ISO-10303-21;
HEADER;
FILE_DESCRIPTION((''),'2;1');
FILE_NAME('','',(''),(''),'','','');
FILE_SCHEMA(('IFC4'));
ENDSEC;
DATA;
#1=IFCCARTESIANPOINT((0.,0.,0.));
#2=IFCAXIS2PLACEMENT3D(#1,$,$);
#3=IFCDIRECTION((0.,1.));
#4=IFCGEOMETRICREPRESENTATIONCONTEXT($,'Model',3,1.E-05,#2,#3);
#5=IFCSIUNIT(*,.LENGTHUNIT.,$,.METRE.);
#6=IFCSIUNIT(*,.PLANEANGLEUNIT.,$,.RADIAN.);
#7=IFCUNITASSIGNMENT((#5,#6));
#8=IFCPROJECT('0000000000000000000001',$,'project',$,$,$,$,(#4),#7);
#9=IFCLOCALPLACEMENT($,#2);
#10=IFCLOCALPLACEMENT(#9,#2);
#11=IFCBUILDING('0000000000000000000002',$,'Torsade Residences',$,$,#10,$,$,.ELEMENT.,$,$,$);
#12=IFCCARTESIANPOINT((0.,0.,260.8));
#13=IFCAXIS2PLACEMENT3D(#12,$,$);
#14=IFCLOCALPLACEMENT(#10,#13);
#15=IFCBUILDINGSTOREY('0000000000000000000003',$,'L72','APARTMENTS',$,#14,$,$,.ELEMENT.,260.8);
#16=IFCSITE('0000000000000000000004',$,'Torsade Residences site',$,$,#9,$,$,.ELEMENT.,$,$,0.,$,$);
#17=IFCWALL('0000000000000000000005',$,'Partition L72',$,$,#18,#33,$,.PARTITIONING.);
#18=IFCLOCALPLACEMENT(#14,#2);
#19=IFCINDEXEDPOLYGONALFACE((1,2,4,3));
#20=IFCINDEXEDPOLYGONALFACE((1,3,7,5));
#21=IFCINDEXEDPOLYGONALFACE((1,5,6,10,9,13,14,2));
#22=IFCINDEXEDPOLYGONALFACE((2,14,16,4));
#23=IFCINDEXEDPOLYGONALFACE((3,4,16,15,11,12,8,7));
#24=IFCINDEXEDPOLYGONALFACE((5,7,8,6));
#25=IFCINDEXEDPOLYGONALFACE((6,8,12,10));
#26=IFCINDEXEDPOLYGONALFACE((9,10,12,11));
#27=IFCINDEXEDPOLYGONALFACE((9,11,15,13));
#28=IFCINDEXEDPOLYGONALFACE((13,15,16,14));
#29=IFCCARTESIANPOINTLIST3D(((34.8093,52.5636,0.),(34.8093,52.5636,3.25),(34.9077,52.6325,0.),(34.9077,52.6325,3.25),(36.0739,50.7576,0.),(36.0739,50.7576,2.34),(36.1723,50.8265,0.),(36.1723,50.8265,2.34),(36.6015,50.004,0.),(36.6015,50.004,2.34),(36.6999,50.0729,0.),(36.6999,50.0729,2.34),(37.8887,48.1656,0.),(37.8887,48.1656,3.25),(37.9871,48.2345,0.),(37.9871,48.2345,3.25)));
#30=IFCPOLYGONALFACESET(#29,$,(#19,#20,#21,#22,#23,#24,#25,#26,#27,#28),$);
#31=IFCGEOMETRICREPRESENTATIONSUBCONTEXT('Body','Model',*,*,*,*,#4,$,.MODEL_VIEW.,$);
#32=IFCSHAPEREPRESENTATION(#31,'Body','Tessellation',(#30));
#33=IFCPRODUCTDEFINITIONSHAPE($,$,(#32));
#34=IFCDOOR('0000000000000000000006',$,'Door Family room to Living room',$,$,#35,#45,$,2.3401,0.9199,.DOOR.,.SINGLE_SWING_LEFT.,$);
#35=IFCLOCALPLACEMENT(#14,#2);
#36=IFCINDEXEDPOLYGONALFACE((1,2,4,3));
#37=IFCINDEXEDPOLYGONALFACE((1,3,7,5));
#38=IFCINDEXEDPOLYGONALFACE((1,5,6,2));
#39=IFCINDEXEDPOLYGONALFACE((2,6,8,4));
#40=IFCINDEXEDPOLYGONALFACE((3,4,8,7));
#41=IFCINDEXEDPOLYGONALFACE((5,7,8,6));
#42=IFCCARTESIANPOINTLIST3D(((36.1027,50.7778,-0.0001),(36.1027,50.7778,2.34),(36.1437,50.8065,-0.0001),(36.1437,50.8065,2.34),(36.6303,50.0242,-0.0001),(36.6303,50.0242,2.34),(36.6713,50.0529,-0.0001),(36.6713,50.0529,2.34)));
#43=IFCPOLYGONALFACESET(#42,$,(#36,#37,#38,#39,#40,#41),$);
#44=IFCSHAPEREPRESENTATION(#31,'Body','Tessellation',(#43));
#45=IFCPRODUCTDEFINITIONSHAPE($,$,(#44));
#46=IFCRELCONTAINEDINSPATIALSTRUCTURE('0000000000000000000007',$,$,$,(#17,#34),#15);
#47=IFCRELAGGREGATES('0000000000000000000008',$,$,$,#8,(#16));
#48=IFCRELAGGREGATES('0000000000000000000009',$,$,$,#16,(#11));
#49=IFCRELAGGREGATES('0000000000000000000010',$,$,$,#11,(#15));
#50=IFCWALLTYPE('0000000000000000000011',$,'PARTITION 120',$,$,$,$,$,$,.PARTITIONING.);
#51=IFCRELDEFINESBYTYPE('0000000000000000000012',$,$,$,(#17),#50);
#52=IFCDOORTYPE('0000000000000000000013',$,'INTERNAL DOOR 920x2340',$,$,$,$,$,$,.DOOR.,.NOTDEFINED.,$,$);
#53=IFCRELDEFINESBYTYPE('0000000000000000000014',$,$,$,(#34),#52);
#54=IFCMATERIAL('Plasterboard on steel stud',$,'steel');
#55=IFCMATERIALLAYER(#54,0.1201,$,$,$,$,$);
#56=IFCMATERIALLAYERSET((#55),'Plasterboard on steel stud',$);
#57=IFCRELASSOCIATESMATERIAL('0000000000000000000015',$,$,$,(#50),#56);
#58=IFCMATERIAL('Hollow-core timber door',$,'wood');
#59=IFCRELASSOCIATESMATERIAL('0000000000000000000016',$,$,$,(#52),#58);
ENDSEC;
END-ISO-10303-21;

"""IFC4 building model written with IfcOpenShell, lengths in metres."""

from ifc_helpers import new_model, si_unit, direction, frame, frame_2d, origin, place, context, subcontext, project, spatial, rectangle, extrude, material, layer, layer_set, type_object, element, fill, save


model = new_model("IFC4")

# Units and contexts
model_context = context("Model", 3, precision=1e-05, world=origin(), true_north=direction((0.0, 1.0)))
body_context = subcontext(model_context, "Body", "Model", "MODEL_VIEW")
ifc_project = project(units=[si_unit("LENGTHUNIT", "METRE"), si_unit("PLANEANGLEUNIT", "RADIAN")], contexts=[model_context])

# Site, building, storey
site_placement = place(None, origin())
site = spatial("IfcSite", under=ifc_project, at=site_placement, Name="Torsade Residences site", CompositionType="ELEMENT", RefElevation=0.0)
building_placement = place(site_placement, origin())
building = spatial("IfcBuilding", under=site, at=building_placement, Name="Torsade Residences", CompositionType="ELEMENT")
storey_placement = place(building_placement, frame((0.0, 0.0, 260.8)))
storey = spatial("IfcBuildingStorey", under=building, at=storey_placement, Name="L72", Description="APARTMENTS", CompositionType="ELEMENT", Elevation=260.8)

# Shared definitions
ifc_material_1 = material(Name="Plasterboard on steel stud", Category="steel")
ifc_layer_1 = layer(ifc_material_1, 0.1201)
ifc_layer_set_1 = layer_set([ifc_layer_1], Name="Plasterboard on steel stud")
wall_type = type_object("IfcWallType", Name="PARTITION 120", PredefinedType="PARTITIONING", material=ifc_layer_set_1)

# Wall, opening, door
wall_1_placement = place(storey_placement, frame((37.938, 48.2, 0.0), z_axis=(0.0, 0.0, 1.0), x_axis=(-0.57356, 0.819164, 0.0)))
wall_1 = element("IfcWall", 1, at=wall_1_placement, inside=storey, type_object=wall_type, Name="Partition L72", PredefinedType="PARTITIONING", context=body_context, shape_type="SweptSolid", body=[
    extrude(rectangle(XDim=5.3689, YDim=0.1201, at=frame_2d((2.6846, 0.0))), origin(), (0.0, 0.0, 1.0), 3.25),
])
opening_1_placement = place(wall_1_placement, frame((2.2444, 0.0, 0.0)))
opening_1 = element("IfcOpeningElement", 2, at=opening_1_placement, cuts=wall_1, PredefinedType="OPENING", context=body_context, shape_type="SweptSolid", body=[
    extrude(rectangle(XDim=0.9199, YDim=2.3401, at=frame_2d((0.46, 1.1699))), frame((0.0, 0.0701, 0.0), z_axis=(0.0, -1.0, 0.0), x_axis=(1.0, 0.0, 0.0)), (0.0, 0.0, 1.0), 0.1401),
])
ifc_material_2 = material(Name="Hollow-core timber door", Category="wood")
door_type_1 = type_object("IfcDoorType", Name="INTERNAL DOOR 920x2340", OperationType="NOTDEFINED", PredefinedType="DOOR", material=ifc_material_2)
door_1_placement = place(opening_1_placement, origin())
door_1 = element("IfcDoor", 3, at=door_1_placement, inside=storey, type_object=door_type_1, Name="Door Family room to Living room", OperationType="SINGLE_SWING_LEFT", OverallHeight=2.3401, OverallWidth=0.9199, PredefinedType="DOOR", context=body_context, shape_type="SweptSolid", body=[
    extrude(rectangle(XDim=0.9199, YDim=2.3401, at=frame_2d((0.46, 1.1699))), frame((0.0, 0.0249, 0.0), z_axis=(0.0, -1.0, 0.0), x_axis=(1.0, 0.0, 0.0)), (0.0, 0.0, 1.0), 0.05),
])
fill(opening_1, door_1)

save(model, "model.ifc")
